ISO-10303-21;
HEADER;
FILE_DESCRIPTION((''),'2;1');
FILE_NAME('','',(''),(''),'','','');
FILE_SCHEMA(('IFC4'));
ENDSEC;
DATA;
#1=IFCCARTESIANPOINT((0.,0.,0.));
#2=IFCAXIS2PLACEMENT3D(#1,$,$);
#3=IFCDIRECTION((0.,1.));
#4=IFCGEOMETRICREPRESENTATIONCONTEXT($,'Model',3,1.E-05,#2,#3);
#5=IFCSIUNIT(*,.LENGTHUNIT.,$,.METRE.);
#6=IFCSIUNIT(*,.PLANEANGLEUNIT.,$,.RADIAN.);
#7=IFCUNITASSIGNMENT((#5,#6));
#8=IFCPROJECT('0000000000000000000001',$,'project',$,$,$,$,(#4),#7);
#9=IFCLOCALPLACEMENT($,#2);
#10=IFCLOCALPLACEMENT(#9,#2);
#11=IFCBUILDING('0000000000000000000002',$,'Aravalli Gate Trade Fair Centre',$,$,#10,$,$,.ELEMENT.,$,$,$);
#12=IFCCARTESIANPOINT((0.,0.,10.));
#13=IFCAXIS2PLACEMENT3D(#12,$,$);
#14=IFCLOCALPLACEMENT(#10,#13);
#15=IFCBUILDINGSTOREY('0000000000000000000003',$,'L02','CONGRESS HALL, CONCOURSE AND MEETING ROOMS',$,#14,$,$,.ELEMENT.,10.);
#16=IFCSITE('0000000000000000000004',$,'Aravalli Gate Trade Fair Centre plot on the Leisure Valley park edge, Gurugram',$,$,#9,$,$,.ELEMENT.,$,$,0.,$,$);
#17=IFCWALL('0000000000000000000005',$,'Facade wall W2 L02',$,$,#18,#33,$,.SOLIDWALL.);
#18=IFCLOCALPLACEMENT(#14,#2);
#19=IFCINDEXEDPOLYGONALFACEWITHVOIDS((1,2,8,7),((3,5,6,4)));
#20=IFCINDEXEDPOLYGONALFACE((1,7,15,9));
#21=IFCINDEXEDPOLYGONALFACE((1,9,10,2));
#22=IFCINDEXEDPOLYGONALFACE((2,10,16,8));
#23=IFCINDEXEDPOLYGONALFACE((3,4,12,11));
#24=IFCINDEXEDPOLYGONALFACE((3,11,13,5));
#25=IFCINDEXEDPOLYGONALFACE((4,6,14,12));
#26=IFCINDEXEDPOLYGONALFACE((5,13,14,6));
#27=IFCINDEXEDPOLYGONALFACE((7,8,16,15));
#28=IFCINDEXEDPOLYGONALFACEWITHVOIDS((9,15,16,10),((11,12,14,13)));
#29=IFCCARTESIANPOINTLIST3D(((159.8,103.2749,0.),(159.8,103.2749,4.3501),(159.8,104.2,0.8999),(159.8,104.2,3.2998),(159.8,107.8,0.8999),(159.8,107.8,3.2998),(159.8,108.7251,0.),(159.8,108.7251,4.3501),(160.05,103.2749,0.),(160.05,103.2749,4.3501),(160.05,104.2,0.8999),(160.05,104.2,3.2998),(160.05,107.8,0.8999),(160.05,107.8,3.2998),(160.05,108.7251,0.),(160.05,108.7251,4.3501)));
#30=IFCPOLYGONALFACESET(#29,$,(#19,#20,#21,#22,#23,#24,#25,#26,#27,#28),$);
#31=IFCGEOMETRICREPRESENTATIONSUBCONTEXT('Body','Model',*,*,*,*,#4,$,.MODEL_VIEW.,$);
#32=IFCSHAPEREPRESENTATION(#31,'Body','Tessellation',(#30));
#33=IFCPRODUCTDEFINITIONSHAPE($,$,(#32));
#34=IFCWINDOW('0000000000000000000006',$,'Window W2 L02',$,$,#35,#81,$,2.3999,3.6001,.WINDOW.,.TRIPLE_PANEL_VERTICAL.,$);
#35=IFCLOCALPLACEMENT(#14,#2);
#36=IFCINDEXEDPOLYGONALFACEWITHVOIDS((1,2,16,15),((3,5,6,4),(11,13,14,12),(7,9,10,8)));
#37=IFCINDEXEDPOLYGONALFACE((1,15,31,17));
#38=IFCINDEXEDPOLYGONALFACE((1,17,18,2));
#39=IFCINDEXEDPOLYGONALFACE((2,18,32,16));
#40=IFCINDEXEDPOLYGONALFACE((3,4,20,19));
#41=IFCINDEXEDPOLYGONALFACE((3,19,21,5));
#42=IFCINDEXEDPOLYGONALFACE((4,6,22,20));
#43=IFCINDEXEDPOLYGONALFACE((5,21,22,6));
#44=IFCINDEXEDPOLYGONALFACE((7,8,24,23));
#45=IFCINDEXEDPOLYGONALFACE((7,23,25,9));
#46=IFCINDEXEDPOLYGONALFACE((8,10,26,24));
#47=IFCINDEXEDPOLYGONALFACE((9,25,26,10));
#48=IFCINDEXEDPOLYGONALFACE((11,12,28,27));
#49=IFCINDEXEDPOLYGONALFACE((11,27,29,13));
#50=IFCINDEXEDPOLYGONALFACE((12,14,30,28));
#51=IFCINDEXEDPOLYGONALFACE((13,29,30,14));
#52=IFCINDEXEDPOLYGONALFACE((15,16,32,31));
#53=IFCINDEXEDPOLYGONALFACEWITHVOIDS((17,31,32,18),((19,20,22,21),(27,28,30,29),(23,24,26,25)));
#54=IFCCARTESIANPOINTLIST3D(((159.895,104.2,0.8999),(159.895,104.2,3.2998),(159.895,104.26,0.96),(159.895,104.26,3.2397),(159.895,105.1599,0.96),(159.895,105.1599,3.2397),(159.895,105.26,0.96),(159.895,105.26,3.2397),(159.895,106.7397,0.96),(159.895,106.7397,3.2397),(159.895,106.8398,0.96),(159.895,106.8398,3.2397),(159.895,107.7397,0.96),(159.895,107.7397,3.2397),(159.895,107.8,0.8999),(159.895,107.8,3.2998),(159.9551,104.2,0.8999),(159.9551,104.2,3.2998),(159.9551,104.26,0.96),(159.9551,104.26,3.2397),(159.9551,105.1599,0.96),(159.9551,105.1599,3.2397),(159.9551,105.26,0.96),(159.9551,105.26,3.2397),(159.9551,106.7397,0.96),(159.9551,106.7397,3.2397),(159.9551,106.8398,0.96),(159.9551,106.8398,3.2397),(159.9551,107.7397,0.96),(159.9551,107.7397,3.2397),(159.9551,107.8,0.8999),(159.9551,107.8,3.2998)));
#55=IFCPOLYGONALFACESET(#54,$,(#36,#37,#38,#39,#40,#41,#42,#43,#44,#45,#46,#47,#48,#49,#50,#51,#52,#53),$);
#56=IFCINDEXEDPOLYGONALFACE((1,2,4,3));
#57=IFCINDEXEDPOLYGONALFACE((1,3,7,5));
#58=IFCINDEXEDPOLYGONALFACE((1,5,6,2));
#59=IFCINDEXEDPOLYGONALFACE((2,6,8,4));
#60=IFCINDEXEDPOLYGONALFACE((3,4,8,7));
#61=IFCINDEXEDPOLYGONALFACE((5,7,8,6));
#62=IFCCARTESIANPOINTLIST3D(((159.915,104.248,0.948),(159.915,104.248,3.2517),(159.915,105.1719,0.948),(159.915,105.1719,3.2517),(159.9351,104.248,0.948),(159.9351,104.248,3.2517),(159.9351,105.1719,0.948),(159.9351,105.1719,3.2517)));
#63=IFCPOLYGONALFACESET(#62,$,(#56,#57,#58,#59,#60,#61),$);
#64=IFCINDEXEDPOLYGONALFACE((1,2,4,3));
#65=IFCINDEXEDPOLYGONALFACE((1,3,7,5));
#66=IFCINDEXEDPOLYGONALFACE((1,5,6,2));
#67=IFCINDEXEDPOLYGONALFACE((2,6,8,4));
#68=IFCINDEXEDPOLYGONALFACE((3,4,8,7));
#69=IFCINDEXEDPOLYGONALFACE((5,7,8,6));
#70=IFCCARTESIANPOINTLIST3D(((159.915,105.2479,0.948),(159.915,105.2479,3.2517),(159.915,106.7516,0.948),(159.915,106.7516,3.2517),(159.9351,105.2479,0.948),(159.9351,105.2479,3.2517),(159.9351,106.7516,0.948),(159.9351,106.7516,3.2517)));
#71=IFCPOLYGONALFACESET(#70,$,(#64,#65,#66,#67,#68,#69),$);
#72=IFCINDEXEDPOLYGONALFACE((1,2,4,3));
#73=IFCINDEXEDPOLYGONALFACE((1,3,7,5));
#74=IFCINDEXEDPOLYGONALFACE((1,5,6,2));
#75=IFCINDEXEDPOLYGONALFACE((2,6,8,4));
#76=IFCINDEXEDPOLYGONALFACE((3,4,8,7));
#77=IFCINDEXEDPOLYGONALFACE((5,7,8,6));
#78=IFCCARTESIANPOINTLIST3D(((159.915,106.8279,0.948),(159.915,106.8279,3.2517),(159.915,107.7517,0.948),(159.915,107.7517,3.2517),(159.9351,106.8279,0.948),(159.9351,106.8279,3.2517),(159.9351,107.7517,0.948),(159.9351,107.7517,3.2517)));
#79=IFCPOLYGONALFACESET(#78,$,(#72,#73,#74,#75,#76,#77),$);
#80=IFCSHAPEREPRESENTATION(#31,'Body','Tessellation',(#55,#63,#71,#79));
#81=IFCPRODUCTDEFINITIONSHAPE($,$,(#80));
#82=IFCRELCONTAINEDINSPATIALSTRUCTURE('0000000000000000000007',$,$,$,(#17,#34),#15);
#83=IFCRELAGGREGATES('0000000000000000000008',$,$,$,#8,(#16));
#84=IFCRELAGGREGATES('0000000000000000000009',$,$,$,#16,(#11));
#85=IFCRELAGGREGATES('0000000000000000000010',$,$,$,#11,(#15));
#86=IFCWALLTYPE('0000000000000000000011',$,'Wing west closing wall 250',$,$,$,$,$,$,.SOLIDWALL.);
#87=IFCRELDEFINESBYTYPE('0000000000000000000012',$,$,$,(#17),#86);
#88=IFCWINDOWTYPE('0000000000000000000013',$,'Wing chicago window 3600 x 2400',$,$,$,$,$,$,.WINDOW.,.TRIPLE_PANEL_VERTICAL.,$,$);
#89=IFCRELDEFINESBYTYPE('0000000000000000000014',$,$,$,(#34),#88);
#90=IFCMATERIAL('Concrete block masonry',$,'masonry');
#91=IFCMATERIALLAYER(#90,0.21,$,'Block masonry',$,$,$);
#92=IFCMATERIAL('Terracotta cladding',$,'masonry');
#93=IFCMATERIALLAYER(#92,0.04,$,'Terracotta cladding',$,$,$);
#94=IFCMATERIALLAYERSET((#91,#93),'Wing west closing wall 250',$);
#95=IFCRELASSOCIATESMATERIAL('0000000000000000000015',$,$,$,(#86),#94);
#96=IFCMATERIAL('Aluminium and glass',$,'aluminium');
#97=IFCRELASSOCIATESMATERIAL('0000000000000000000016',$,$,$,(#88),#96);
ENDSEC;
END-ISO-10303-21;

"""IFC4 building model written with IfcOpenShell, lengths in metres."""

from ifc_helpers import new_model, si_unit, direction, frame, frame_2d, origin, place, context, subcontext, project, spatial, polyline, rectangle, outline, extrude, material, layer, layer_set, type_object, element, fill, save


model = new_model("IFC4")

# Units and contexts
model_context = context("Model", 3, precision=1e-05, world=origin(), true_north=direction((0.0, 1.0)))
body_context = subcontext(model_context, "Body", "Model", "MODEL_VIEW")
ifc_project = project(units=[si_unit("LENGTHUNIT", "METRE"), si_unit("PLANEANGLEUNIT", "RADIAN")], contexts=[model_context])

# Site, building, storey
site_placement = place(None, origin())
site = spatial("IfcSite", under=ifc_project, at=site_placement, Name="Aravalli Gate Trade Fair Centre plot on the Leisure Valley park edge, Gurugram", CompositionType="ELEMENT", RefElevation=0.0)
building_placement = place(site_placement, origin())
building = spatial("IfcBuilding", under=site, at=building_placement, Name="Aravalli Gate Trade Fair Centre", CompositionType="ELEMENT")
storey_placement = place(building_placement, frame((0.0, 0.0, 10.0)))
storey = spatial("IfcBuildingStorey", under=building, at=storey_placement, Name="L02", Description="CONGRESS HALL, CONCOURSE AND MEETING ROOMS", CompositionType="ELEMENT", Elevation=10.0)

# Shared definitions
ifc_material_1 = material(Name="Aluminium and glass", Category="aluminium")

# Wall, opening, window
ifc_material_2 = material(Name="Concrete block masonry", Category="masonry")
ifc_layer_1 = layer(ifc_material_2, 0.21, Name="Block masonry")
ifc_material_3 = material(Name="Terracotta cladding", Category="masonry")
ifc_layer_2 = layer(ifc_material_3, 0.04, Name="Terracotta cladding")
ifc_layer_set_1 = layer_set([ifc_layer_1, ifc_layer_2], Name="Wing west closing wall 250")
wall_type_1 = type_object("IfcWallType", Name="Wing west closing wall 250", PredefinedType="SOLIDWALL", material=ifc_layer_set_1)
wall_1_placement = place(storey_placement, frame((159.925, 103.2749, 0.0), z_axis=(0.0, 0.0, 1.0), x_axis=(0.0, 1.0, 0.0)))
wall_1 = element("IfcWall", 1, at=wall_1_placement, inside=storey, type_object=wall_type_1, Name="Facade wall W2 L02", PredefinedType="SOLIDWALL", context=body_context, shape_type="SweptSolid", body=[
    extrude(rectangle(XDim=5.4502, YDim=0.25, at=frame_2d((2.7251, 0.0))), origin(), (0.0, 0.0, 1.0), 4.3501),
])
opening_1_placement = place(wall_1_placement, frame((0.925, 0.0, 0.8999)))
opening_1 = element("IfcOpeningElement", 2, at=opening_1_placement, cuts=wall_1, PredefinedType="OPENING", context=body_context, shape_type="SweptSolid", body=[
    extrude(rectangle(XDim=3.6001, YDim=2.3999, at=frame_2d((1.8, 1.2))), frame((0.0, 0.135, 0.0), z_axis=(0.0, -1.0, 0.0), x_axis=(1.0, 0.0, 0.0)), (0.0, 0.0, 1.0), 0.27),
])
window_type_1 = type_object("IfcWindowType", Name="Wing chicago window 3600 x 2400", PartitioningType="TRIPLE_PANEL_VERTICAL", PredefinedType="WINDOW", material=ifc_material_1)
window_1_placement = place(opening_1_placement, origin())
window_1 = element("IfcWindow", 3, at=window_1_placement, inside=storey, type_object=window_type_1, Name="Window W2 L02", OverallHeight=2.3999, OverallWidth=3.6001, PartitioningType="TRIPLE_PANEL_VERTICAL", PredefinedType="WINDOW", context=body_context, shape_type="SweptSolid", body=[
    extrude(outline(polyline([(0.0, 0.0), (3.6001, 0.0), (3.6001, 2.3999), (0.0, 2.3999), (0.0, 0.0)]), holes=[polyline([(0.0601, 0.0601), (0.96, 0.0601), (0.96, 2.3398), (0.0601, 2.3398), (0.0601, 0.0601)]), polyline([(1.0601, 0.0601), (2.5398, 0.0601), (2.5398, 2.3398), (1.0601, 2.3398), (1.0601, 0.0601)]), polyline([(2.6399, 0.0601), (3.5398, 0.0601), (3.5398, 2.3398), (2.6399, 2.3398), (2.6399, 0.0601)])]), frame((0.0, 0.03, 0.0), z_axis=(0.0, -1.0, 0.0), x_axis=(1.0, 0.0, 0.0)), (0.0, 0.0, 1.0), 0.0601),
    extrude(rectangle(XDim=0.9238, YDim=2.3037, at=frame_2d((0.51, 1.2))), frame((0.0, 0.01, 0.0), z_axis=(0.0, -1.0, 0.0), x_axis=(1.0, 0.0, 0.0)), (0.0, 0.0, 1.0), 0.02),
    extrude(rectangle(XDim=1.5037, YDim=2.3037, at=frame_2d((1.7998, 1.2))), frame((0.0, 0.01, 0.0), z_axis=(0.0, -1.0, 0.0), x_axis=(1.0, 0.0, 0.0)), (0.0, 0.0, 1.0), 0.02),
    extrude(rectangle(XDim=0.9238, YDim=2.3037, at=frame_2d((3.0898, 1.2))), frame((0.0, 0.01, 0.0), z_axis=(0.0, -1.0, 0.0), x_axis=(1.0, 0.0, 0.0)), (0.0, 0.0, 1.0), 0.02),
])
fill(opening_1, window_1)

save(model, "model.ifc")
